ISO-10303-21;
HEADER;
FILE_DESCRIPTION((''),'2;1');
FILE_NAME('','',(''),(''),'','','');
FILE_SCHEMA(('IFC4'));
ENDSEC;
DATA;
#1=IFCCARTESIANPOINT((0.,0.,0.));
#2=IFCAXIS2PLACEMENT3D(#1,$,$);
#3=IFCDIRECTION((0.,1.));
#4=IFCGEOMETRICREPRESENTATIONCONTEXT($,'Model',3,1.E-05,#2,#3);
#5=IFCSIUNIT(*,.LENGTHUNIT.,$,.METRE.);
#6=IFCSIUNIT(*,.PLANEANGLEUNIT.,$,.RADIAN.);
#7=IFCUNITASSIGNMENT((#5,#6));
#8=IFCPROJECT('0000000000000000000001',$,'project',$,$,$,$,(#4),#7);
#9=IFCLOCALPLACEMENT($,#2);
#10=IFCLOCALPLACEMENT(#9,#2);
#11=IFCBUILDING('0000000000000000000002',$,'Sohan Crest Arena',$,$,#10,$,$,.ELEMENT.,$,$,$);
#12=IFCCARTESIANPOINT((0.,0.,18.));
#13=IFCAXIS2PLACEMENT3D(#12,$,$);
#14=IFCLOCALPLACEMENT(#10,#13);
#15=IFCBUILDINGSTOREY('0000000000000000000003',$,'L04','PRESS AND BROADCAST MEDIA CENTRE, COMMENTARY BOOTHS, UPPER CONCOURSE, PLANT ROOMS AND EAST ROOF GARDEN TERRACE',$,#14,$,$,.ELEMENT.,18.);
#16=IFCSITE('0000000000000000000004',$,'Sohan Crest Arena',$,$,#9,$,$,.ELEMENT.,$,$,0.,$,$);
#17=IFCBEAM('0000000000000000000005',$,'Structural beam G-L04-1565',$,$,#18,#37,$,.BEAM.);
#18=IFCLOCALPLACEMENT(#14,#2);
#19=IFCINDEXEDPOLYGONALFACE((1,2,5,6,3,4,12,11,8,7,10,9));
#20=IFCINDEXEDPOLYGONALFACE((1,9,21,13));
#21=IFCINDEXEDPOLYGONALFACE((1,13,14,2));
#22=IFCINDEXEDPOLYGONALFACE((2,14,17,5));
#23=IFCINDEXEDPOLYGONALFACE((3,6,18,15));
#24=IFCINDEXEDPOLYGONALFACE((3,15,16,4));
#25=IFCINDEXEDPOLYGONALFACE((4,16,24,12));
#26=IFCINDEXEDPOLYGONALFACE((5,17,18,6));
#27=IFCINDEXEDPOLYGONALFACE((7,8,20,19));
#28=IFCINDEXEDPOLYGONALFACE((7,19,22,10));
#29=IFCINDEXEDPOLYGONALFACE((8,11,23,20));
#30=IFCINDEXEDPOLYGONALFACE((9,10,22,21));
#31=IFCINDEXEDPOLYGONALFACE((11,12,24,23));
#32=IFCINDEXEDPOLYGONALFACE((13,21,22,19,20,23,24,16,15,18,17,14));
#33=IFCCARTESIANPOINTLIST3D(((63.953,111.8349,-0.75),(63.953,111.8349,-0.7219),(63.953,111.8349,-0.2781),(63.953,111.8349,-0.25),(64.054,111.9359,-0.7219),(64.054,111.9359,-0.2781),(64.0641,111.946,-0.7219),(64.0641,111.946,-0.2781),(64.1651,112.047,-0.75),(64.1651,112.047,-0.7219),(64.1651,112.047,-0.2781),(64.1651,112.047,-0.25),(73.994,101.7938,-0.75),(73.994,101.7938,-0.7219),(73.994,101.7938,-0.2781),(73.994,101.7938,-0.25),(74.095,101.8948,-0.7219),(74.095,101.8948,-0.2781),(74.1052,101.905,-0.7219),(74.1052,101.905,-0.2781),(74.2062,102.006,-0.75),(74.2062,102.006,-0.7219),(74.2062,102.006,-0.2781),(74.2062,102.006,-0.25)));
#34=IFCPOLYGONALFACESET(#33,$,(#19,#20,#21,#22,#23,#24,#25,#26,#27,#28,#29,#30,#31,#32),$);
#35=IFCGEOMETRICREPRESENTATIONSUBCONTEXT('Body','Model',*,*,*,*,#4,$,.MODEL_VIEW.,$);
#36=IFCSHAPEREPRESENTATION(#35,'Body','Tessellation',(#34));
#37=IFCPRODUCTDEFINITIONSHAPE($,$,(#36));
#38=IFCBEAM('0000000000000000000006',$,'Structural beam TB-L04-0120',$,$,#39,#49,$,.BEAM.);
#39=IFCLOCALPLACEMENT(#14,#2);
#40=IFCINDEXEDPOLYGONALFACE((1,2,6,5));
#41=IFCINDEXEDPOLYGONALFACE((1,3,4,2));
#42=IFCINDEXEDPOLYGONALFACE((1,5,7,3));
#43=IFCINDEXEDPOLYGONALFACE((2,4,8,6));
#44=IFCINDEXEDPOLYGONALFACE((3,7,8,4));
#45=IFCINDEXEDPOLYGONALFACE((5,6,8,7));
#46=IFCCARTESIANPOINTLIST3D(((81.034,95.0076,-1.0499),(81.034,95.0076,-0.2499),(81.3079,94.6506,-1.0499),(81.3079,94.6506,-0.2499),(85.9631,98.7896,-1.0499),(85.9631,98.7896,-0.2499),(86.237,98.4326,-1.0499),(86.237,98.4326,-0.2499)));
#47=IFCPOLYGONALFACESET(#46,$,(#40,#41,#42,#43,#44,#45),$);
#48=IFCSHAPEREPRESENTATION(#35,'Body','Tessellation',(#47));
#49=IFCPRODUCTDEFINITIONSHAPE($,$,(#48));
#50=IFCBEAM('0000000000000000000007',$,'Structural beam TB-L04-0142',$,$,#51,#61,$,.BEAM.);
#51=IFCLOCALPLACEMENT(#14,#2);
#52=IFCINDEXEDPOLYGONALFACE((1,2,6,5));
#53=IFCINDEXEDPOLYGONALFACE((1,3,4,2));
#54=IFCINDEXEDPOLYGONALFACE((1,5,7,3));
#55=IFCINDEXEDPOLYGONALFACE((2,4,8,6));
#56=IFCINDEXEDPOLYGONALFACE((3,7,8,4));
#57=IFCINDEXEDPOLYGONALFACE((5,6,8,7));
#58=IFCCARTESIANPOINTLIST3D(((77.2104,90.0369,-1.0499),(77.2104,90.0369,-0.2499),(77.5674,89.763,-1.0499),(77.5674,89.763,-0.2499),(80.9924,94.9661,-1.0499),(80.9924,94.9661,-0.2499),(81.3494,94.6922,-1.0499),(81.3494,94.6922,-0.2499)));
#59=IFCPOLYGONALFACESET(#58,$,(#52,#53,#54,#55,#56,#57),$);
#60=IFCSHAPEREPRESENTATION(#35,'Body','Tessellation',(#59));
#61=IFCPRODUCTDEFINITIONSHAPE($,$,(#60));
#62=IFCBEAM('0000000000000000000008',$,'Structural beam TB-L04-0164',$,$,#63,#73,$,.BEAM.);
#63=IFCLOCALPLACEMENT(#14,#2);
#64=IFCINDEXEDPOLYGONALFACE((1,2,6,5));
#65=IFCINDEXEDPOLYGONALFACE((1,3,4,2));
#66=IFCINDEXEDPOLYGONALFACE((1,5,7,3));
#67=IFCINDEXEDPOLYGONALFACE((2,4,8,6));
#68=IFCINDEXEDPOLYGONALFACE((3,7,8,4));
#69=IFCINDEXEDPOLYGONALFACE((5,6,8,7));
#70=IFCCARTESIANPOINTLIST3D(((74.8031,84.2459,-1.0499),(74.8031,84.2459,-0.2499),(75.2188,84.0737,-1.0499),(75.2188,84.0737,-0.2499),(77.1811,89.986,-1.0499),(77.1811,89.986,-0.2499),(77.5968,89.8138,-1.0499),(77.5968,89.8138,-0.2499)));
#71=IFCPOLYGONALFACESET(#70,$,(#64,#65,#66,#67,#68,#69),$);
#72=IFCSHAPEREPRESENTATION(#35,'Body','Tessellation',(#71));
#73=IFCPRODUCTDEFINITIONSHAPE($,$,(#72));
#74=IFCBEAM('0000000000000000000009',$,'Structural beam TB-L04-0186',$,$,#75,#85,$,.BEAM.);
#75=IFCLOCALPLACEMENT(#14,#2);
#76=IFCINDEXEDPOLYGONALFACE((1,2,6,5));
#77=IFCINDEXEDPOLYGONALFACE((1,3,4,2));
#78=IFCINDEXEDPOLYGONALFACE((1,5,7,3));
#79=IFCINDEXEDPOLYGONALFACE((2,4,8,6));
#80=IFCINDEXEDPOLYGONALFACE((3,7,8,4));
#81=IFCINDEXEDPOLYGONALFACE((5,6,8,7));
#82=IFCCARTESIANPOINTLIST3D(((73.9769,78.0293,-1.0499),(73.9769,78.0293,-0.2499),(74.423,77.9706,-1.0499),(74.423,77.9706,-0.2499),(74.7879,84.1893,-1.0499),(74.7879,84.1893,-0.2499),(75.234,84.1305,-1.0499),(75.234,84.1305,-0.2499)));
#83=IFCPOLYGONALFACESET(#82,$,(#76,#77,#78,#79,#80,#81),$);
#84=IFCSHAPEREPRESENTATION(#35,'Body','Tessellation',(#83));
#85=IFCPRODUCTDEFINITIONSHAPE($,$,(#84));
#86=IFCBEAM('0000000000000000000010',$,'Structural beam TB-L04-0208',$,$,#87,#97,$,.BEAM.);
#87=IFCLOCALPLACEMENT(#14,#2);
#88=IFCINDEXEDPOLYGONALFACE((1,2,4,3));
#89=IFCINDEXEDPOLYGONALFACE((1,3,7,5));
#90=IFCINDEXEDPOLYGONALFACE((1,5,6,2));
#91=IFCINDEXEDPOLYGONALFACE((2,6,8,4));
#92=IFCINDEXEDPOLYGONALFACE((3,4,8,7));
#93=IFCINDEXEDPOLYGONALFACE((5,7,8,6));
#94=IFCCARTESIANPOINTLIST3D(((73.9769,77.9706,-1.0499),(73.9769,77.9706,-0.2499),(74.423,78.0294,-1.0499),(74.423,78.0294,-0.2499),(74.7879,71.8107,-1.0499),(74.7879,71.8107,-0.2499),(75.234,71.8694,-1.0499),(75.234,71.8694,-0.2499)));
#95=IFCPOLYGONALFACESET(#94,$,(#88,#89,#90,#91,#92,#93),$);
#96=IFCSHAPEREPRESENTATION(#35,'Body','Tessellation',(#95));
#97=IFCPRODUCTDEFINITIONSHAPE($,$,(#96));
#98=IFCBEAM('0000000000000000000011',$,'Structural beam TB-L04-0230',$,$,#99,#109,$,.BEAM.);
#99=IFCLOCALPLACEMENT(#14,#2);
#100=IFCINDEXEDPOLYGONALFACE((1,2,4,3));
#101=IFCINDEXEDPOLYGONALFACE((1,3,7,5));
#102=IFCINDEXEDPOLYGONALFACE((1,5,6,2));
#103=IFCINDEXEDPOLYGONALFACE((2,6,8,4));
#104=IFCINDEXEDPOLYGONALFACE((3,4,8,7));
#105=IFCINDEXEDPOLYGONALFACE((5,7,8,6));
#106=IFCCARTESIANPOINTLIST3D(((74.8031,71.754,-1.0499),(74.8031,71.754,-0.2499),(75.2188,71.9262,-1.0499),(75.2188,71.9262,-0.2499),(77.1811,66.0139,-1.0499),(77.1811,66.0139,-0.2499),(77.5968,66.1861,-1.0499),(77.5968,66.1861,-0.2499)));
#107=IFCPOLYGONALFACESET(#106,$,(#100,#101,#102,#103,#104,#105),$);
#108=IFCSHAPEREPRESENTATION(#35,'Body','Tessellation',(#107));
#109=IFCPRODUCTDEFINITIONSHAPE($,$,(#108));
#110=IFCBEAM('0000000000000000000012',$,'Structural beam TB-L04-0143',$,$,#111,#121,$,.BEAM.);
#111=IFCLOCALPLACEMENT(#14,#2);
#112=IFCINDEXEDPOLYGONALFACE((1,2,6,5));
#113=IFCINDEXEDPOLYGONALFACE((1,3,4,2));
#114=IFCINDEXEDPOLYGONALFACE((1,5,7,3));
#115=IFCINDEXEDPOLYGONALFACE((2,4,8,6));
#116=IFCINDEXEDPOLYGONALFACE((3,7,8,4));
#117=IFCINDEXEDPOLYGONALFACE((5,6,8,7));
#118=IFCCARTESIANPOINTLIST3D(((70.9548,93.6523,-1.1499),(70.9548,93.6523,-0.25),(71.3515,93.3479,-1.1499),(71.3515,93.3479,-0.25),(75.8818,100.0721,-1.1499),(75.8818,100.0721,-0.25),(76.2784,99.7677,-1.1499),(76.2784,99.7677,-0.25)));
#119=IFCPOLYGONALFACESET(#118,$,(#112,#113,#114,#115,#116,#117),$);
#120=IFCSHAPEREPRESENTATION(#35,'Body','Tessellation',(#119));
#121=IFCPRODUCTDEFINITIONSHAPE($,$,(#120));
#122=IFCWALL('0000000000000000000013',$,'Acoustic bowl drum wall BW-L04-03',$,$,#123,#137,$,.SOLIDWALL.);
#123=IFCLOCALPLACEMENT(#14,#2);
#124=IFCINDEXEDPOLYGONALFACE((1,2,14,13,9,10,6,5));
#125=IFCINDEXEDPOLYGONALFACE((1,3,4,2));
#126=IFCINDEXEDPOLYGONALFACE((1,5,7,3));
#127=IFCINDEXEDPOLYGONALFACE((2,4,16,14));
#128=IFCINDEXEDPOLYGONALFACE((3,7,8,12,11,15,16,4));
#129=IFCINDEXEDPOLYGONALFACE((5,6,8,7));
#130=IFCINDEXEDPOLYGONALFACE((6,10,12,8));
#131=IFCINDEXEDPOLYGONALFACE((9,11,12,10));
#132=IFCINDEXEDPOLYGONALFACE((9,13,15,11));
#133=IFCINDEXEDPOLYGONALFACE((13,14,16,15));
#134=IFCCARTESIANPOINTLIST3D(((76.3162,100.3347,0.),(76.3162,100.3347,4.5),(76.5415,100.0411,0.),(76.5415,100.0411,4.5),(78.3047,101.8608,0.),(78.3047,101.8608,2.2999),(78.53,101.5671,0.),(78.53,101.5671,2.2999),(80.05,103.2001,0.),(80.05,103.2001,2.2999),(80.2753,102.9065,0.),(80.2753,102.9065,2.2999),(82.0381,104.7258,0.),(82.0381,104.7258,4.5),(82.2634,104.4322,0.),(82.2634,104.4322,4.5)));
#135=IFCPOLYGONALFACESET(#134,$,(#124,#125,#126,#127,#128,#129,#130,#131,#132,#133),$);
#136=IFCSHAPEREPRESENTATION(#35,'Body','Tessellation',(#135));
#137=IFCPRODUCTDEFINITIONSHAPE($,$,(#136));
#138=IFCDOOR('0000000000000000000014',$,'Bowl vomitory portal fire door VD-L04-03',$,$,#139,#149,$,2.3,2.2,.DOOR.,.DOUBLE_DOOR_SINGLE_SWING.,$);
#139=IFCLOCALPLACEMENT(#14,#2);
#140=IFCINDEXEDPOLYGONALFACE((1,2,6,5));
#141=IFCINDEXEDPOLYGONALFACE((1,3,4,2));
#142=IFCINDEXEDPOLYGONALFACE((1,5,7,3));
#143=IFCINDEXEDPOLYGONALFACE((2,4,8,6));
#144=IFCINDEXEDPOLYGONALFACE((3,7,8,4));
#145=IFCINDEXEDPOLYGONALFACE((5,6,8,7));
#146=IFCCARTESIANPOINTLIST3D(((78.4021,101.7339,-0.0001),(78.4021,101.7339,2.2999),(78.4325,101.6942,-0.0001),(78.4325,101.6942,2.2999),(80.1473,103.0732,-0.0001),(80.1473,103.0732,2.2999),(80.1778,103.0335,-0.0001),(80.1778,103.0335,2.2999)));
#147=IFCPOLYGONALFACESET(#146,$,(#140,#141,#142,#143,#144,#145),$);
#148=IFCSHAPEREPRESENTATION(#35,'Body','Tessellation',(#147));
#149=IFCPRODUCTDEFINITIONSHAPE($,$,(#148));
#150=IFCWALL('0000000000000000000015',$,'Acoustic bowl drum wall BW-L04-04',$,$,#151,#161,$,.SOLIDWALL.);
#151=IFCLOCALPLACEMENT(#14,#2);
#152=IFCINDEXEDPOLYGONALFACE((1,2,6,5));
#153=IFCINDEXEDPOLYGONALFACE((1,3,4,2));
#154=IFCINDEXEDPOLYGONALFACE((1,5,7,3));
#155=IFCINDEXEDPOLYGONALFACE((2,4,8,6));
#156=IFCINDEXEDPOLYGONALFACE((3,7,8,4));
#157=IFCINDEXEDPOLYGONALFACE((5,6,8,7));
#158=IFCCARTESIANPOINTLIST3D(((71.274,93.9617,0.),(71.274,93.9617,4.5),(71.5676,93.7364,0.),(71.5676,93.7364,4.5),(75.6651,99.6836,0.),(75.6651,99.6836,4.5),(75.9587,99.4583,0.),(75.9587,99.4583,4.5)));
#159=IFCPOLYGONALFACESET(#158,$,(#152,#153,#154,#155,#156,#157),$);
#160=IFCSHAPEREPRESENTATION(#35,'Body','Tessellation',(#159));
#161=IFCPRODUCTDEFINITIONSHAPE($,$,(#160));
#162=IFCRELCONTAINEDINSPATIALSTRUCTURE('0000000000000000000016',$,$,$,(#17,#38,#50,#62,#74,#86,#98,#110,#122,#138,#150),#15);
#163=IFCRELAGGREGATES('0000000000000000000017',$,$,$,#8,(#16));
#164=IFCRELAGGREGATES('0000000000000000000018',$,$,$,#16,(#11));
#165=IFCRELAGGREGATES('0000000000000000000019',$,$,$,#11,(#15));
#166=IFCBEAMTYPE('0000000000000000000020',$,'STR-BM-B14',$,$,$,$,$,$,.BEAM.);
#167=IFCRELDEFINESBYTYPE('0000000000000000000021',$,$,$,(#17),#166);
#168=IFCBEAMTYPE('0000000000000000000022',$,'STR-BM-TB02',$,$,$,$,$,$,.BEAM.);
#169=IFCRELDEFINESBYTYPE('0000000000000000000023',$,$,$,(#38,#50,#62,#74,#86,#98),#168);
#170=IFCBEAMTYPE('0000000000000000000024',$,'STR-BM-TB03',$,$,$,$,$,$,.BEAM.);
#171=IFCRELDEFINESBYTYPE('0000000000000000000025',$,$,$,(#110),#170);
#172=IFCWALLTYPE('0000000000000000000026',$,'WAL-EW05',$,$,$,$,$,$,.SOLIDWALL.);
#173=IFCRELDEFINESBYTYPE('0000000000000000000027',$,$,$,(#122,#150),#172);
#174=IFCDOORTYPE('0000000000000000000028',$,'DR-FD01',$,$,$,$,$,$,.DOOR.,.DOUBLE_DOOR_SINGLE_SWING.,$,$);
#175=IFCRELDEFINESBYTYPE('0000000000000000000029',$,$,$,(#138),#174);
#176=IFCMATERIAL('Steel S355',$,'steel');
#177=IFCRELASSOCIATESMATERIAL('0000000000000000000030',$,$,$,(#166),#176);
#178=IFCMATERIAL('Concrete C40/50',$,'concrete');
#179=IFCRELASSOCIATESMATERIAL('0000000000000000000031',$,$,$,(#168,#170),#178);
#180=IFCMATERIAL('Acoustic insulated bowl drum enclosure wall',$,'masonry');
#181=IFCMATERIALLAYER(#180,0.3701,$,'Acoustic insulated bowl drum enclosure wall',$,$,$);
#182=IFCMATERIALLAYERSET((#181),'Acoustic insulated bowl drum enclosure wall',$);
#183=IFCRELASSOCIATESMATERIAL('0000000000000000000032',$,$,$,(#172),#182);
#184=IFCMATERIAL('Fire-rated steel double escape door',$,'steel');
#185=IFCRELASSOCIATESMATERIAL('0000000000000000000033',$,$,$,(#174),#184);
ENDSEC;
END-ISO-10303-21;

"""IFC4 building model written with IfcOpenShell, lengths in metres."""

from ifc_helpers import new_model, si_unit, direction, frame, frame_2d, origin, origin_2d, place, context, subcontext, project, spatial, rectangle, i_section, extrude, material, layer, layer_set, material_profile, profile_set, type_object, element, fill, save


model = new_model("IFC4")

# Units and contexts
model_context = context("Model", 3, precision=1e-05, world=origin(), true_north=direction((0.0, 1.0)))
body_context = subcontext(model_context, "Body", "Model", "MODEL_VIEW")
ifc_project = project(units=[si_unit("LENGTHUNIT", "METRE"), si_unit("PLANEANGLEUNIT", "RADIAN")], contexts=[model_context])

# Site, building, storey
site_placement = place(None, origin())
site = spatial("IfcSite", under=ifc_project, at=site_placement, Name="Sohan Crest Arena", CompositionType="ELEMENT", RefElevation=0.0)
building_placement = place(site_placement, origin())
building = spatial("IfcBuilding", under=site, at=building_placement, Name="Sohan Crest Arena", CompositionType="ELEMENT")
storey_placement = place(building_placement, frame((0.0, 0.0, 18.0)))
storey = spatial("IfcBuildingStorey", under=building, at=storey_placement, Name="L04", Description="PRESS AND BROADCAST MEDIA CENTRE, COMMENTARY BOOTHS, UPPER CONCOURSE, PLANT ROOMS AND EAST ROOF GARDEN TERRACE", CompositionType="ELEMENT", Elevation=18.0)

# Shared definitions
ifc_material_1 = material(Name="Concrete C40/50", Category="concrete")
ifc_material_2 = material(Name="Steel S355", Category="steel")

# Beams
ifc_material_profile_1 = material_profile(ifc_material_2, i_section(OverallWidth=0.3, OverallDepth=0.5, WebThickness=0.0144, FlangeThickness=0.0281, at=origin_2d()), Name="HEB 500")
ifc_profile_set_1 = profile_set([ifc_material_profile_1], Name="Steel S355")
beam_type_1 = type_object("IfcBeamType", Name="STR-BM-B14", PredefinedType="BEAM", material=ifc_profile_set_1)
beam_1_placement = place(storey_placement, frame((74.1001, 101.8999, -0.5), z_axis=(-0.707107, 0.707107, 0.0), x_axis=(-0.707107, -0.707107, 0.0)))
element("IfcBeam", 1, at=beam_1_placement, inside=storey, type_object=beam_type_1, Name="Structural beam G-L04-1565", PredefinedType="BEAM", context=body_context, shape_type="SweptSolid", body=[
    extrude(i_section(OverallWidth=0.3, OverallDepth=0.5, WebThickness=0.0144, FlangeThickness=0.0281, at=origin_2d()), origin(), (0.0, 0.0, 1.0), 14.2002),
])
ifc_material_profile_2 = material_profile(ifc_material_1, rectangle(XDim=0.45, YDim=0.8, at=origin_2d()), Name="RC-BM 450x800")
ifc_profile_set_2 = profile_set([ifc_material_profile_2], Name="Concrete C40/50")
beam_type_2 = type_object("IfcBeamType", Name="STR-BM-TB02", PredefinedType="BEAM", material=ifc_profile_set_2)
for number, where, z_axis, x_axis, name in (
    (2, (86.1001, 98.6111, -0.6499), (-0.793379, -0.608728, 0.0), (0.608728, -0.793379, 0.0), "Structural beam TB-L04-0120"),
    (3, (81.1709, 94.8291, -0.6499), (-0.608728, -0.793379, 0.0), (0.793379, -0.608728, 0.0), "Structural beam TB-L04-0142"),
):
    element("IfcBeam", number, at=place(storey_placement, frame(where, z_axis=z_axis, x_axis=x_axis)), inside=storey, type_object=beam_type_2, Name=name, PredefinedType="BEAM", context=body_context, shape_type="SweptSolid", body=[
        extrude(rectangle(XDim=0.45, YDim=0.8, at=origin_2d()), origin(), (0.0, 0.0, 1.0), 6.2129),
    ])
for number, where, z_axis, x_axis, name in (
    (4, (77.3889, 89.8999, -0.6499), (-0.382731, -0.92386, 0.0), (0.92386, -0.382731, 0.0), "Structural beam TB-L04-0164"),
    (5, (75.011, 84.1599, -0.6499), (-0.130537, -0.991443, 0.0), (0.991443, -0.130537, 0.0), "Structural beam TB-L04-0186"),
    (6, (74.2, 78.0, -0.6499), (0.130537, -0.991443, 0.0), (0.991443, 0.130537, 0.0), "Structural beam TB-L04-0208"),
    (7, (75.011, 71.8401, -0.6499), (0.382731, -0.92386, 0.0), (0.92386, 0.382731, 0.0), "Structural beam TB-L04-0230"),
):
    element("IfcBeam", number, at=place(storey_placement, frame(where, z_axis=z_axis, x_axis=x_axis)), inside=storey, type_object=beam_type_2, Name=name, PredefinedType="BEAM", context=body_context, shape_type="SweptSolid", body=[
        extrude(rectangle(XDim=0.45, YDim=0.8, at=origin_2d()), origin(), (0.0, 0.0, 1.0), 6.2131),
    ])
ifc_material_profile_3 = material_profile(ifc_material_1, rectangle(XDim=0.5, YDim=0.8999, at=origin_2d()), Name="RC-BM 500x900")
ifc_profile_set_3 = profile_set([ifc_material_profile_3], Name="Concrete C40/50")
beam_type_3 = type_object("IfcBeamType", Name="STR-BM-TB03", PredefinedType="BEAM", material=ifc_profile_set_3)
beam_2_placement = place(storey_placement, frame((76.0801, 99.9199, -0.7), z_axis=(-0.608825, -0.793304, 0.0), x_axis=(0.793304, -0.608825, 0.0)))
element("IfcBeam", 8, at=beam_2_placement, inside=storey, type_object=beam_type_3, Name="Structural beam TB-L04-0143", PredefinedType="BEAM", context=body_context, shape_type="SweptSolid", body=[
    extrude(rectangle(XDim=0.5, YDim=0.8999, at=origin_2d()), origin(), (0.0, 0.0, 1.0), 8.0925),
])

# Wall, opening, door
ifc_material_3 = material(Name="Acoustic insulated bowl drum enclosure wall", Category="masonry")
ifc_layer = layer(ifc_material_3, 0.3701, Name="Acoustic insulated bowl drum enclosure wall")
ifc_layer_set = layer_set([ifc_layer], Name="Acoustic insulated bowl drum enclosure wall")
wall_type = type_object("IfcWallType", Name="WAL-EW05", PredefinedType="SOLIDWALL", material=ifc_layer_set)
wall_1_placement = place(storey_placement, frame((82.1509, 104.5791, 0.0), z_axis=(0.0, 0.0, 1.0), x_axis=(-0.793318, -0.608807, 0.0)))
wall_1 = element("IfcWall", 9, at=wall_1_placement, inside=storey, type_object=wall_type, Name="Acoustic bowl drum wall BW-L04-03", PredefinedType="SOLIDWALL", context=body_context, shape_type="SweptSolid", body=[
    extrude(rectangle(XDim=7.2126, YDim=0.3701, at=frame_2d((3.6064, 0.0))), origin(), (0.0, 0.0, 1.0), 4.5),
])
opening_placement = place(wall_1_placement, frame((2.5061, 0.0, 0.0)))
opening = element("IfcOpeningElement", 10, at=opening_placement, cuts=wall_1, PredefinedType="OPENING", context=body_context, shape_type="SweptSolid", body=[
    extrude(rectangle(XDim=2.2, YDim=2.3, at=frame_2d((1.1001, 1.1499))), frame((0.0, 0.1951, 0.0), z_axis=(0.0, -1.0, 0.0), x_axis=(1.0, 0.0, 0.0)), (0.0, 0.0, 1.0), 0.3901),
])
ifc_material_4 = material(Name="Fire-rated steel double escape door", Category="steel")
door_type = type_object("IfcDoorType", Name="DR-FD01", OperationType="DOUBLE_DOOR_SINGLE_SWING", PredefinedType="DOOR", material=ifc_material_4)
door_placement = place(opening_placement, origin())
door = element("IfcDoor", 11, at=door_placement, inside=storey, type_object=door_type, Name="Bowl vomitory portal fire door VD-L04-03", OperationType="DOUBLE_DOOR_SINGLE_SWING", OverallHeight=2.3, OverallWidth=2.2, PredefinedType="DOOR", context=body_context, shape_type="SweptSolid", body=[
    extrude(rectangle(XDim=2.2, YDim=2.3, at=frame_2d((1.1001, 1.1499))), frame((0.0, 0.0249, 0.0), z_axis=(0.0, -1.0, 0.0), x_axis=(1.0, 0.0, 0.0)), (0.0, 0.0, 1.0), 0.05),
])
fill(opening, door)

# Wall
wall_2_placement = place(storey_placement, frame((75.812, 99.571, 0.0), z_axis=(0.0, 0.0, 1.0), x_axis=(-0.608807, -0.793318, 0.0)))
element("IfcWall", 12, at=wall_2_placement, inside=storey, type_object=wall_type, Name="Acoustic bowl drum wall BW-L04-04", PredefinedType="SOLIDWALL", context=body_context, shape_type="SweptSolid", body=[
    extrude(rectangle(XDim=7.2126, YDim=0.3701, at=frame_2d((3.6064, 0.0))), origin(), (0.0, 0.0, 1.0), 4.5),
])

save(model, "model.ifc")
